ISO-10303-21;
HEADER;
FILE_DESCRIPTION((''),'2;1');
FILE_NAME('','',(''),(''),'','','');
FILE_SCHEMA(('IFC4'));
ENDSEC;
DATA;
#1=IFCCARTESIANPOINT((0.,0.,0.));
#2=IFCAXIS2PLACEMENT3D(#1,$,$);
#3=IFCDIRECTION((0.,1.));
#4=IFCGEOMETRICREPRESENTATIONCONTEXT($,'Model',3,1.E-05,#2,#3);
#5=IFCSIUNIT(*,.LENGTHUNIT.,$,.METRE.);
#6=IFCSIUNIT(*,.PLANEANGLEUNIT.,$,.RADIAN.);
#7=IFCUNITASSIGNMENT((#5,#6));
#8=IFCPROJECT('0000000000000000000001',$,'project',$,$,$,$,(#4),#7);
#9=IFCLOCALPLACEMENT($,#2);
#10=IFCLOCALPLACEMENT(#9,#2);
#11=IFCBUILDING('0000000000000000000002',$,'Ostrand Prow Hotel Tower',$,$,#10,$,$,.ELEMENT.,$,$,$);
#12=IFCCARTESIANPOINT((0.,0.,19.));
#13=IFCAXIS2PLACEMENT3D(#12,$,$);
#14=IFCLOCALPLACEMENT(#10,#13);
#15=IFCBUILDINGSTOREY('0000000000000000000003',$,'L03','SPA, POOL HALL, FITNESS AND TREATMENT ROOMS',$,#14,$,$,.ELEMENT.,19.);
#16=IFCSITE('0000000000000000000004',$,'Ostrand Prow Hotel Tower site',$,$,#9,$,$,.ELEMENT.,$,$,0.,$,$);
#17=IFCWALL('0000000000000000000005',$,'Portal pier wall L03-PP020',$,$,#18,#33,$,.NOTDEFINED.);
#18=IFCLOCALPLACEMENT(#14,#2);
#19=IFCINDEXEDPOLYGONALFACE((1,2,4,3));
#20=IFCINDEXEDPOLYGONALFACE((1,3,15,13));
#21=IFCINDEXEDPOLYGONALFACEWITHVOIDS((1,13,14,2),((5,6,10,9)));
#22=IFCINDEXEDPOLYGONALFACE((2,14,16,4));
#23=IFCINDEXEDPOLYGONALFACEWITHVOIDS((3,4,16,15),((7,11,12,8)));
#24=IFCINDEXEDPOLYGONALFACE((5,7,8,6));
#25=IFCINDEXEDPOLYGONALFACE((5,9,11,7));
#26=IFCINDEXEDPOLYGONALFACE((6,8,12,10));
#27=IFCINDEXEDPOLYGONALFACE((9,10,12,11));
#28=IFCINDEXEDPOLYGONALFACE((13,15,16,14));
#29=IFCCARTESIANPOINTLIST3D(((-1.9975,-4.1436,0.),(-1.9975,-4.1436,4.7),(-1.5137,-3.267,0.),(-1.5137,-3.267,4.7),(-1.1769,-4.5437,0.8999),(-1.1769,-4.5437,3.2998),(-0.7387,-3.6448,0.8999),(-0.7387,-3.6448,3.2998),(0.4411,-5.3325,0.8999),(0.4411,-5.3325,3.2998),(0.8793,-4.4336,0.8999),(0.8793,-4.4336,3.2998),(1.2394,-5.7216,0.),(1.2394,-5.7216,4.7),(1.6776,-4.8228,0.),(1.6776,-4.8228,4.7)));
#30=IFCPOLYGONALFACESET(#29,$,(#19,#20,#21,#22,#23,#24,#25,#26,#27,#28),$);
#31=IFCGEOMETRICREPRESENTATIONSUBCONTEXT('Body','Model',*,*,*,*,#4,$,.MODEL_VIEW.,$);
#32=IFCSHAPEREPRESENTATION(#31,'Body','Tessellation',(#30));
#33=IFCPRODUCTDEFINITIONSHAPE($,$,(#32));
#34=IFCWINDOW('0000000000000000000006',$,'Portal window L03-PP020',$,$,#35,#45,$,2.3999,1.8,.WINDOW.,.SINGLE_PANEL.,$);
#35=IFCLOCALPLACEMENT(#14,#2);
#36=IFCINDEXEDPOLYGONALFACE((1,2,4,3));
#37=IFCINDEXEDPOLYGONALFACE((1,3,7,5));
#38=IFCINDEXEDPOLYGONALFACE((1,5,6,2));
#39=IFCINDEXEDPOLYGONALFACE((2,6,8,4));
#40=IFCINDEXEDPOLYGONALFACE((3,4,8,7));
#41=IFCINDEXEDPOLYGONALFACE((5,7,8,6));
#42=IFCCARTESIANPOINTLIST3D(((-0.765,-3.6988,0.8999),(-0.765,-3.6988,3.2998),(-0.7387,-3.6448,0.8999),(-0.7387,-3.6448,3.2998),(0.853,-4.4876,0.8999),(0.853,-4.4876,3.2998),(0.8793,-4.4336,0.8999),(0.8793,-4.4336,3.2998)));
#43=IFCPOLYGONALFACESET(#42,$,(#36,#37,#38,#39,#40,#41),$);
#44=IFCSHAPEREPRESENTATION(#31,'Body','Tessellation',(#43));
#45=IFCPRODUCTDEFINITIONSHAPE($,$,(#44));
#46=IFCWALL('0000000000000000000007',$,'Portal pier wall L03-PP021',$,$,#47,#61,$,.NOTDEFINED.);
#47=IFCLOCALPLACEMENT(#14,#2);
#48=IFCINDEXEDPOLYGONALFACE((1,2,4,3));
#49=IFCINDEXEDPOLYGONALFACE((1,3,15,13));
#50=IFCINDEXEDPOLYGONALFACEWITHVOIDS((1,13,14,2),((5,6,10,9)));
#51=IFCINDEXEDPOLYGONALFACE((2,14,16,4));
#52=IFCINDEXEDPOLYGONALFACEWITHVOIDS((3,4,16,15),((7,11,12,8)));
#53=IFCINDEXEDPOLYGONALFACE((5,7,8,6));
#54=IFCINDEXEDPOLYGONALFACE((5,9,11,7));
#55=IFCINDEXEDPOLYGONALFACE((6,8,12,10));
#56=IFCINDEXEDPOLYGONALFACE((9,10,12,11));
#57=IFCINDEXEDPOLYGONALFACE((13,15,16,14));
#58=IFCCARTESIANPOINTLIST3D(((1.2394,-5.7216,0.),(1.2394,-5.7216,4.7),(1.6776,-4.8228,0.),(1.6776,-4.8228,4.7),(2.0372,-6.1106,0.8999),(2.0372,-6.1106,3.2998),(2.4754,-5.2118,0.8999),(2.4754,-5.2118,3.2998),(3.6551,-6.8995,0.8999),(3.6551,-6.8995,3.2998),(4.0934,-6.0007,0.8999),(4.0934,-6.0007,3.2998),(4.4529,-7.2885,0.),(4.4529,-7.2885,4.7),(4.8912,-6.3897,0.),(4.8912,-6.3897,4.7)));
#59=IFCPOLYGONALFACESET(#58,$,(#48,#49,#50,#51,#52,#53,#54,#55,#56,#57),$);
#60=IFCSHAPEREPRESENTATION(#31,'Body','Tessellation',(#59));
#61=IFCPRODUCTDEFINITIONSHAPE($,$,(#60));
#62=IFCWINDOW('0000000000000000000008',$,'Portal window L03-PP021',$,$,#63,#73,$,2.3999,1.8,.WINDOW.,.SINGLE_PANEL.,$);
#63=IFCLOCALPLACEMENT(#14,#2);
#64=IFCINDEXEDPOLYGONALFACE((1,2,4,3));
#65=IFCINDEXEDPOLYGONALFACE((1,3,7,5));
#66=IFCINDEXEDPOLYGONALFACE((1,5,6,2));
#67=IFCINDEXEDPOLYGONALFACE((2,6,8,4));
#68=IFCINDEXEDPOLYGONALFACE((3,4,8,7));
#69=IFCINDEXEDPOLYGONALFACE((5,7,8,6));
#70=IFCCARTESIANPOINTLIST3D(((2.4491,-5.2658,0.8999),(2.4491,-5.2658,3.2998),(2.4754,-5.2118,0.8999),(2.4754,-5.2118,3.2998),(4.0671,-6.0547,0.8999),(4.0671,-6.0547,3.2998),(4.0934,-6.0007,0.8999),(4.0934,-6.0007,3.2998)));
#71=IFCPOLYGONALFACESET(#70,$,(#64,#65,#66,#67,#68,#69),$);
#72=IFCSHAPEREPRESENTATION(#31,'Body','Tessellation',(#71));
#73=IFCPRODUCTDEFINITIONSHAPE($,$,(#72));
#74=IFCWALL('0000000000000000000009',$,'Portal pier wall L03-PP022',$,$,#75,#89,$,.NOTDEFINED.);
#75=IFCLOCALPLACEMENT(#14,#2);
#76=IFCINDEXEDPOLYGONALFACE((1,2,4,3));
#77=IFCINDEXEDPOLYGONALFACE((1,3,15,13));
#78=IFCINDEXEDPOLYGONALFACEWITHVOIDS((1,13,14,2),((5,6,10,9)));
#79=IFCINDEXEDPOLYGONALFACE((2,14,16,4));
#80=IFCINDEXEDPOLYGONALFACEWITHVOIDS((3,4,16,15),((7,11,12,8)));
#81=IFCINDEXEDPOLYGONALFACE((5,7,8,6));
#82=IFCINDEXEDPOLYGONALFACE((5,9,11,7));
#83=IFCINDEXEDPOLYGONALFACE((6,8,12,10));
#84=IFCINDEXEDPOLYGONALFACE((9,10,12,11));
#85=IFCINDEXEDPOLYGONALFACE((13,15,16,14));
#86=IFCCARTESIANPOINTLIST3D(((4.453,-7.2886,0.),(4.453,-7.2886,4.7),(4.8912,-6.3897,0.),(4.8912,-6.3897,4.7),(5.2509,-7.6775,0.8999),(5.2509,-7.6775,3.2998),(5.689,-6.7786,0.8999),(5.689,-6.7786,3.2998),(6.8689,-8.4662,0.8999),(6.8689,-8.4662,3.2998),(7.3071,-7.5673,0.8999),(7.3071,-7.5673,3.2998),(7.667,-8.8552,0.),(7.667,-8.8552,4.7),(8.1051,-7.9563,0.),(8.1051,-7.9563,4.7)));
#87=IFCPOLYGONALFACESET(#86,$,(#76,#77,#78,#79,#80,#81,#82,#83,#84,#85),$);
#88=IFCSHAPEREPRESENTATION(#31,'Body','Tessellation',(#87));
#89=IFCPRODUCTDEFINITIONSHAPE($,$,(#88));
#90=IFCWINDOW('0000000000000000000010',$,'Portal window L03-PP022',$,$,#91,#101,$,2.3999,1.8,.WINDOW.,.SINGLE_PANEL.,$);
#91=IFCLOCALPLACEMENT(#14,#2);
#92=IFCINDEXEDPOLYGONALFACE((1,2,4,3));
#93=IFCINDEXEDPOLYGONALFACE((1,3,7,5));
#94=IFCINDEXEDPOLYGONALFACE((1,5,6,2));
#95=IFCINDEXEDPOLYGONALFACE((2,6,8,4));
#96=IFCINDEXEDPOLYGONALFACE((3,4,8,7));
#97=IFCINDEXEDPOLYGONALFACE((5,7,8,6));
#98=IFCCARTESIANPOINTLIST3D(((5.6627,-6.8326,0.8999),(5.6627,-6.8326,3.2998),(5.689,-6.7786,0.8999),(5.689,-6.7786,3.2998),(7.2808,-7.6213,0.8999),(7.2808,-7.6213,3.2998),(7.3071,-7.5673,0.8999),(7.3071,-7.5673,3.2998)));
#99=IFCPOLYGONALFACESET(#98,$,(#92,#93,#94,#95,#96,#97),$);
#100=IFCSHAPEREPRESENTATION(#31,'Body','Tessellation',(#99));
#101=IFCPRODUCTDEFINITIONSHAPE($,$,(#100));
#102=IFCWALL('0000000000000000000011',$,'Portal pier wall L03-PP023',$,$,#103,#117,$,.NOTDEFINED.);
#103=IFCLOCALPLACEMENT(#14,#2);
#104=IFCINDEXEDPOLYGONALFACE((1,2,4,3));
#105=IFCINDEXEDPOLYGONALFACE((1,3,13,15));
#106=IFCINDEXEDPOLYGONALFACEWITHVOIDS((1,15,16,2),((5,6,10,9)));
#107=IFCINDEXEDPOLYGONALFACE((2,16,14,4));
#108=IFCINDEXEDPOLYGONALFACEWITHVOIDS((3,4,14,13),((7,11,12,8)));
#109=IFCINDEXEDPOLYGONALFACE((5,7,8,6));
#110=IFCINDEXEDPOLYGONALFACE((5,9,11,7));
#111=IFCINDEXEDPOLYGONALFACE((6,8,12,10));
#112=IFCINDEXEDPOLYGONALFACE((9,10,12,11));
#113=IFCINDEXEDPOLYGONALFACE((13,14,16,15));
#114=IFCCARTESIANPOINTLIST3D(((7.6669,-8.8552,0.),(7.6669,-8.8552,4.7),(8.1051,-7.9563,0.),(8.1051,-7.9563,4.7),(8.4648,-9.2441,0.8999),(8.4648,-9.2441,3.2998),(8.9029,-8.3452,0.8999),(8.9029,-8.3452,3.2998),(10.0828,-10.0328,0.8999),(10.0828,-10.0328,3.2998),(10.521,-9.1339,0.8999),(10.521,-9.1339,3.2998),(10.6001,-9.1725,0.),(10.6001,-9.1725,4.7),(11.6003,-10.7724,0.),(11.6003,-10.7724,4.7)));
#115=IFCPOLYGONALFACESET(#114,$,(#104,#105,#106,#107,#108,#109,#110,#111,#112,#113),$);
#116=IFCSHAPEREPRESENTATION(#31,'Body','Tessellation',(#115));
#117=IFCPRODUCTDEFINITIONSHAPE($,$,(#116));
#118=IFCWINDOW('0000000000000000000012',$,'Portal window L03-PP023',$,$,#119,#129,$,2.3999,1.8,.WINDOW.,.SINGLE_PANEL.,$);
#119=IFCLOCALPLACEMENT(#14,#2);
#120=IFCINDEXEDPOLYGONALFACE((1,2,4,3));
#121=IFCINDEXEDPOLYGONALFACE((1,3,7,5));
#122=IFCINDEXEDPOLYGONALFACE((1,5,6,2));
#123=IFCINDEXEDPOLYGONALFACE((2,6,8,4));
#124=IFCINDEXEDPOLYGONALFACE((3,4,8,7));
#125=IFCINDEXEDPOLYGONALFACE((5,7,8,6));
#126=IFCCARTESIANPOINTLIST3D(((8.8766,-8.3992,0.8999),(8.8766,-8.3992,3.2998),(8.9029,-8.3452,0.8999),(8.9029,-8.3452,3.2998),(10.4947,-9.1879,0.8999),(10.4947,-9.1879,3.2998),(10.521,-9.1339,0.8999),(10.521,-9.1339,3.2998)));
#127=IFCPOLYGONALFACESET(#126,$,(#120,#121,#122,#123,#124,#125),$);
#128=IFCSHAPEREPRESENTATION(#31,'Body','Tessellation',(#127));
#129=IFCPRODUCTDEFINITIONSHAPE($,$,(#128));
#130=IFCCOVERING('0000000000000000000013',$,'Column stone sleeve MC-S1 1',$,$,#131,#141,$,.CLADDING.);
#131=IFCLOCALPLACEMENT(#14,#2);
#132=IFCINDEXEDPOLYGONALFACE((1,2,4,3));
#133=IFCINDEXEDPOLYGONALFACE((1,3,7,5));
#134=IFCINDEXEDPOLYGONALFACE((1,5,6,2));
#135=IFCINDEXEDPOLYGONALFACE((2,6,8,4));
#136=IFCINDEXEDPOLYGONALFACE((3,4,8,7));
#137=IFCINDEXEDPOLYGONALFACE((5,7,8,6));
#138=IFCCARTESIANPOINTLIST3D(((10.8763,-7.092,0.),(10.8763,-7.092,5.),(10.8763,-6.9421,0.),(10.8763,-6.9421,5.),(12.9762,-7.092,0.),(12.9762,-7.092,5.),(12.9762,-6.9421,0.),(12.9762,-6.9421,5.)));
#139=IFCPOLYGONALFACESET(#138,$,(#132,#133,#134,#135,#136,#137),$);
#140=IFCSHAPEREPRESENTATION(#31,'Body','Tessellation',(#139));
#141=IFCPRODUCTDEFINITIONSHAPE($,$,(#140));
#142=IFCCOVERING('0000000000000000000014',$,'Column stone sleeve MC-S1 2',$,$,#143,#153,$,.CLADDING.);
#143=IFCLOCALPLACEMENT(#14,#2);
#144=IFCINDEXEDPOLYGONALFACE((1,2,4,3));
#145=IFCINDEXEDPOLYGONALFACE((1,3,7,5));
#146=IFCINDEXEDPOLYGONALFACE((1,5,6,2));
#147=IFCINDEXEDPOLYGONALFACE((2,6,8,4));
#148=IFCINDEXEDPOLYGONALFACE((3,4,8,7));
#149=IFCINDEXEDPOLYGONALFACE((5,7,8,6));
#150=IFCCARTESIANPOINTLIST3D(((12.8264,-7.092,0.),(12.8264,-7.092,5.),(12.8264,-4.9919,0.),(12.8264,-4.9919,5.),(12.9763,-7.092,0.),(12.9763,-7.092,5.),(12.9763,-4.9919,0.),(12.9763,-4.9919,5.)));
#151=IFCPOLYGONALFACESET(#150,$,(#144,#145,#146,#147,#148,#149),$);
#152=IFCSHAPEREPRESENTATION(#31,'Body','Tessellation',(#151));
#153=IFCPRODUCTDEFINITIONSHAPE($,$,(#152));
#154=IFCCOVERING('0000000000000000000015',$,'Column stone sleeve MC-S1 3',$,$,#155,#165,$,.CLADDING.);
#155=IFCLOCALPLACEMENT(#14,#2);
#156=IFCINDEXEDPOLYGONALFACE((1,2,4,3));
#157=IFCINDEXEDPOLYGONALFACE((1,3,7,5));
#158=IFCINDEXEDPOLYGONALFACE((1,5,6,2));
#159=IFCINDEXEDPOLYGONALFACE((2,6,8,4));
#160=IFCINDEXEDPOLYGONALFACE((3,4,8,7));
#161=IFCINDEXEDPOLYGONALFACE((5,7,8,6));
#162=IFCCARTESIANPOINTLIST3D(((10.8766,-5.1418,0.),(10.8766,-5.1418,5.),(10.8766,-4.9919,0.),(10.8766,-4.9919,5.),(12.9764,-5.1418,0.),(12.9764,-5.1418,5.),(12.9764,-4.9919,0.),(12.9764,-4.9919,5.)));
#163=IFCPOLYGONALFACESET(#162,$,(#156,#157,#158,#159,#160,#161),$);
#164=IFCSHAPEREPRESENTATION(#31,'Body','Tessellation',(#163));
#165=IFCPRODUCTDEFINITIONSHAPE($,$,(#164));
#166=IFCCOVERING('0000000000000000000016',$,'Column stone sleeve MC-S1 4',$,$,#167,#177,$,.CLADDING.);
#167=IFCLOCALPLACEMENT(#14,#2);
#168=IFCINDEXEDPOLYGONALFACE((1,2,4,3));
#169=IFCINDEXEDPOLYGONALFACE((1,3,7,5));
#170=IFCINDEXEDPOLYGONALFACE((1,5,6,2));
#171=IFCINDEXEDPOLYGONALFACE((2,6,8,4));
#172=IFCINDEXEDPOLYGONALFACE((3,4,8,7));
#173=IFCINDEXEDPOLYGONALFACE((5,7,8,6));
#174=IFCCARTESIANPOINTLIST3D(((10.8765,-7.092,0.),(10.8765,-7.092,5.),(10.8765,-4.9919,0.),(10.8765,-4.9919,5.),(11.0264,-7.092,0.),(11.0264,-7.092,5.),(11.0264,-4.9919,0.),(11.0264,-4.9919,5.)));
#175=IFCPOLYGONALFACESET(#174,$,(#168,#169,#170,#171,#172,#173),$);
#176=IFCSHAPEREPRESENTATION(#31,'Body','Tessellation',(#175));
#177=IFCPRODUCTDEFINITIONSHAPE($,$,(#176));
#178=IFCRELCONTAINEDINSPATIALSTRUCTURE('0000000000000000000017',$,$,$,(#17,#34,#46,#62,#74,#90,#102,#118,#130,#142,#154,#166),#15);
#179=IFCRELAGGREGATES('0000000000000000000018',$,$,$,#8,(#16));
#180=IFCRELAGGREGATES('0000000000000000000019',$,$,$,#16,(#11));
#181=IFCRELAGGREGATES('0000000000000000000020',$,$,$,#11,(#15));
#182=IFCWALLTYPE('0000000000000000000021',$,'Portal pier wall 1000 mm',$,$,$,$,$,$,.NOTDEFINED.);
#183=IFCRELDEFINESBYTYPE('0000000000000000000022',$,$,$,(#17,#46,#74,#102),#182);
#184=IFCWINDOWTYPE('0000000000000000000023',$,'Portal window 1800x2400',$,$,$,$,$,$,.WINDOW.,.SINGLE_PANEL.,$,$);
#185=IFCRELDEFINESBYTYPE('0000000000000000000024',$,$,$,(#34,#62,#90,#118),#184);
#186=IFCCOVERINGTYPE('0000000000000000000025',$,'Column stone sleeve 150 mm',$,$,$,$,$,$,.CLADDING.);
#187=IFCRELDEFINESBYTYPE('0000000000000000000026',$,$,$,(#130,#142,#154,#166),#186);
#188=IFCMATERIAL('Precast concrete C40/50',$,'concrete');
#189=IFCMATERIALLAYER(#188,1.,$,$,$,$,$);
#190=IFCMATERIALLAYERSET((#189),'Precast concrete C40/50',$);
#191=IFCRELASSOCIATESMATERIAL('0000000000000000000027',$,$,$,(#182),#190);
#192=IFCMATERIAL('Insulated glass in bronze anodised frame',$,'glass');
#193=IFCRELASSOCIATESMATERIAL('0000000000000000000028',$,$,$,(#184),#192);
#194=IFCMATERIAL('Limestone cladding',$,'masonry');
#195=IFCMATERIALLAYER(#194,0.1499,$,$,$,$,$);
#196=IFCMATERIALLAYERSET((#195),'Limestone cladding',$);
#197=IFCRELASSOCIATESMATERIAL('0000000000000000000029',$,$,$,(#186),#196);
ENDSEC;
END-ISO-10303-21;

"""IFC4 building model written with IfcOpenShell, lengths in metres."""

from ifc_helpers import new_model, si_unit, direction, frame, frame_2d, origin, place, context, subcontext, project, spatial, polyline, rectangle, outline, extrude, material, layer, layer_set, type_object, element, fill, save


model = new_model("IFC4")

# Units and contexts
model_context = context("Model", 3, precision=1e-05, world=origin(), true_north=direction((0.0, 1.0)))
body_context = subcontext(model_context, "Body", "Model", "MODEL_VIEW")
ifc_project = project(units=[si_unit("LENGTHUNIT", "METRE"), si_unit("PLANEANGLEUNIT", "RADIAN")], contexts=[model_context])

# Site, building, storey
site_placement = place(None, origin())
site = spatial("IfcSite", under=ifc_project, at=site_placement, Name="Ostrand Prow Hotel Tower site", CompositionType="ELEMENT", RefElevation=0.0)
building_placement = place(site_placement, origin())
building = spatial("IfcBuilding", under=site, at=building_placement, Name="Ostrand Prow Hotel Tower", CompositionType="ELEMENT")
storey_placement = place(building_placement, frame((0.0, 0.0, 19.0)))
storey = spatial("IfcBuildingStorey", under=building, at=storey_placement, Name="L03", Description="SPA, POOL HALL, FITNESS AND TREATMENT ROOMS", CompositionType="ELEMENT", Elevation=19.0)

# Shared definitions
ifc_material_1 = material(Name="Precast concrete C40/50", Category="concrete")
ifc_layer_1 = layer(ifc_material_1, 1.0)
ifc_layer_set_1 = layer_set([ifc_layer_1], Name="Precast concrete C40/50")
wall_type_1 = type_object("IfcWallType", Name="Portal pier wall 1000 mm", PredefinedType="NOTDEFINED", material=ifc_layer_set_1)

# Shared definitions
ifc_material_2 = material(Name="Insulated glass in bronze anodised frame", Category="glass")
window_type = type_object("IfcWindowType", Name="Portal window 1800x2400", PartitioningType="SINGLE_PANEL", PredefinedType="WINDOW", material=ifc_material_2)

# Walls, openings, windows
wall_1_placement = place(storey_placement, frame((-1.7556, -3.7053, 0.0), z_axis=(0.0, 0.0, 1.0), x_axis=(0.898875, -0.438206, 0.0)))
wall_1 = element("IfcWall", 1, at=wall_1_placement, inside=storey, type_object=wall_type_1, Name="Portal pier wall L03-PP020", PredefinedType="NOTDEFINED", context=body_context, shape_type="SweptSolid", body=[
    extrude(outline(polyline([(-0.0254, -0.5), (3.5757, -0.5), (3.5757, 0.5), (0.0254, 0.5), (-0.0254, -0.5)])), origin(), (0.0, 0.0, 1.0), 4.7),
])
opening_1_placement = place(wall_1_placement, frame((0.8877, 0.0, 0.8999)))
opening_1 = element("IfcOpeningElement", 2, at=opening_1_placement, cuts=wall_1, PredefinedType="OPENING", context=body_context, shape_type="SweptSolid", body=[
    extrude(rectangle(XDim=1.8, YDim=2.3999, at=frame_2d((0.8999, 1.2))), frame((0.0, 0.51, 0.0), z_axis=(0.0, -1.0, 0.0), x_axis=(1.0, 0.0, 0.0)), (0.0, 0.0, 1.0), 1.02),
])
window_1_placement = place(opening_1_placement, origin())
window_1 = element("IfcWindow", 3, at=window_1_placement, inside=storey, type_object=window_type, Name="Portal window L03-PP020", OverallHeight=2.3999, OverallWidth=1.8, PartitioningType="SINGLE_PANEL", PredefinedType="WINDOW", context=body_context, shape_type="SweptSolid", body=[
    extrude(rectangle(XDim=1.8, YDim=2.3999, at=frame_2d((0.8999, 1.2))), frame((0.0, 0.5, 0.0), z_axis=(0.0, -1.0, 0.0), x_axis=(1.0, 0.0, 0.0)), (0.0, 0.0, 1.0), 0.0601),
])
fill(opening_1, window_1)
wall_2_placement = place(storey_placement, frame((1.4585, -5.2722, 0.0), z_axis=(0.0, 0.0, 1.0), x_axis=(0.898848, -0.438259, 0.0)))
wall_2 = element("IfcWall", 4, at=wall_2_placement, inside=storey, type_object=wall_type_1, Name="Portal pier wall L03-PP021", PredefinedType="NOTDEFINED", context=body_context, shape_type="SweptSolid", body=[
    extrude(outline(polyline([(0.0, -0.5), (3.5752, -0.5), (3.5752, 0.5), (0.0, 0.5), (0.0, -0.5)])), origin(), (0.0, 0.0, 1.0), 4.7),
])
opening_2_placement = place(wall_2_placement, frame((0.8877, 0.0, 0.8999)))
opening_2 = element("IfcOpeningElement", 5, at=opening_2_placement, cuts=wall_2, PredefinedType="OPENING", context=body_context, shape_type="SweptSolid", body=[
    extrude(rectangle(XDim=1.8, YDim=2.3999, at=frame_2d((0.8999, 1.2))), frame((0.0, 0.51, 0.0), z_axis=(0.0, -1.0, 0.0), x_axis=(1.0, 0.0, 0.0)), (0.0, 0.0, 1.0), 1.02),
])
window_2_placement = place(opening_2_placement, origin())
window_2 = element("IfcWindow", 6, at=window_2_placement, inside=storey, type_object=window_type, Name="Portal window L03-PP021", OverallHeight=2.3999, OverallWidth=1.8, PartitioningType="SINGLE_PANEL", PredefinedType="WINDOW", context=body_context, shape_type="SweptSolid", body=[
    extrude(rectangle(XDim=1.8, YDim=2.3999, at=frame_2d((0.8999, 1.2))), frame((0.0, 0.5, 0.0), z_axis=(0.0, -1.0, 0.0), x_axis=(1.0, 0.0, 0.0)), (0.0, 0.0, 1.0), 0.0601),
])
fill(opening_2, window_2)
wall_3_placement = place(storey_placement, frame((4.6721, -6.8391, 0.0), z_axis=(0.0, 0.0, 1.0), x_axis=(0.898889, -0.438177, 0.0)))
wall_3 = element("IfcWall", 7, at=wall_3_placement, inside=storey, type_object=wall_type_1, Name="Portal pier wall L03-PP022", PredefinedType="NOTDEFINED", context=body_context, shape_type="SweptSolid", body=[
    extrude(outline(polyline([(0.0, -0.5), (3.5754, -0.5), (3.5754, 0.5), (0.0, 0.5), (0.0, -0.5)])), origin(), (0.0, 0.0, 1.0), 4.7),
])
opening_3_placement = place(wall_3_placement, frame((0.8877, 0.0, 0.8999)))
opening_3 = element("IfcOpeningElement", 8, at=opening_3_placement, cuts=wall_3, PredefinedType="OPENING", context=body_context, shape_type="SweptSolid", body=[
    extrude(rectangle(XDim=1.8, YDim=2.3999, at=frame_2d((0.8999, 1.2))), frame((0.0, 0.51, 0.0), z_axis=(0.0, -1.0, 0.0), x_axis=(1.0, 0.0, 0.0)), (0.0, 0.0, 1.0), 1.02),
])
window_3_placement = place(opening_3_placement, origin())
window_3 = element("IfcWindow", 9, at=window_3_placement, inside=storey, type_object=window_type, Name="Portal window L03-PP022", OverallHeight=2.3999, OverallWidth=1.8, PartitioningType="SINGLE_PANEL", PredefinedType="WINDOW", context=body_context, shape_type="SweptSolid", body=[
    extrude(rectangle(XDim=1.8, YDim=2.3999, at=frame_2d((0.8999, 1.2))), frame((0.0, 0.5, 0.0), z_axis=(0.0, -1.0, 0.0), x_axis=(1.0, 0.0, 0.0)), (0.0, 0.0, 1.0), 0.0601),
])
fill(opening_3, window_3)
wall_4_placement = place(storey_placement, frame((7.886, -8.4058, 0.0), z_axis=(0.0, 0.0, 1.0), x_axis=(0.898902, -0.438151, 0.0)))
wall_4 = element("IfcWall", 10, at=wall_4_placement, inside=storey, type_object=wall_type_1, Name="Portal pier wall L03-PP023", PredefinedType="NOTDEFINED", context=body_context, shape_type="SweptSolid", body=[
    extrude(outline(polyline([(0.0, -0.5), (4.3757, -0.5), (2.7756, 0.5), (0.0, 0.5), (0.0, -0.5)])), origin(), (0.0, 0.0, 1.0), 4.7),
])
opening_4_placement = place(wall_4_placement, frame((0.8877, 0.0, 0.8999)))
opening_4 = element("IfcOpeningElement", 11, at=opening_4_placement, cuts=wall_4, PredefinedType="OPENING", context=body_context, shape_type="SweptSolid", body=[
    extrude(rectangle(XDim=1.8, YDim=2.3999, at=frame_2d((0.8999, 1.2))), frame((0.0, 0.51, 0.0), z_axis=(0.0, -1.0, 0.0), x_axis=(1.0, 0.0, 0.0)), (0.0, 0.0, 1.0), 1.02),
])
window_4_placement = place(opening_4_placement, origin())
window_4 = element("IfcWindow", 12, at=window_4_placement, inside=storey, type_object=window_type, Name="Portal window L03-PP023", OverallHeight=2.3999, OverallWidth=1.8, PartitioningType="SINGLE_PANEL", PredefinedType="WINDOW", context=body_context, shape_type="SweptSolid", body=[
    extrude(rectangle(XDim=1.8, YDim=2.3999, at=frame_2d((0.8999, 1.2))), frame((0.0, 0.5, 0.0), z_axis=(0.0, -1.0, 0.0), x_axis=(1.0, 0.0, 0.0)), (0.0, 0.0, 1.0), 0.0601),
])
fill(opening_4, window_4)

# Coverings
ifc_material_3 = material(Name="Limestone cladding", Category="masonry")
ifc_layer_2 = layer(ifc_material_3, 0.1499)
ifc_layer_set_2 = layer_set([ifc_layer_2], Name="Limestone cladding")
covering_type_1 = type_object("IfcCoveringType", Name="Column stone sleeve 150 mm", PredefinedType="CLADDING", material=ifc_layer_set_2)
covering_1_placement = place(storey_placement, frame((10.8765, -7.0171, 0.0), z_axis=(0.0, 0.0, 1.0), x_axis=(1.0, 0.0, 0.0)))
element("IfcCovering", 13, at=covering_1_placement, inside=storey, type_object=covering_type_1, Name="Column stone sleeve MC-S1 1", PredefinedType="CLADDING", context=body_context, shape_type="SweptSolid", body=[
    extrude(rectangle(XDim=2.0999, YDim=0.1499, at=frame_2d((1.0498, 0.0))), origin(), (0.0, 0.0, 1.0), 5.0),
])
covering_2_placement = place(storey_placement, frame((12.9014, -7.092, 0.0), z_axis=(0.0, 0.0, 1.0), x_axis=(0.0, 1.0, 0.0)))
element("IfcCovering", 14, at=covering_2_placement, inside=storey, type_object=covering_type_1, Name="Column stone sleeve MC-S1 2", PredefinedType="CLADDING", context=body_context, shape_type="SweptSolid", body=[
    extrude(rectangle(XDim=2.1001, YDim=0.1499, at=frame_2d((1.05, 0.0))), origin(), (0.0, 0.0, 1.0), 5.0),
])
covering_3_placement = place(storey_placement, frame((12.9763, -5.0669, 0.0), z_axis=(0.0, 0.0, 1.0), x_axis=(-1.0, 0.0, 0.0)))
element("IfcCovering", 15, at=covering_3_placement, inside=storey, type_object=covering_type_1, Name="Column stone sleeve MC-S1 3", PredefinedType="CLADDING", context=body_context, shape_type="SweptSolid", body=[
    extrude(rectangle(XDim=2.0999, YDim=0.1499, at=frame_2d((1.0498, 0.0))), origin(), (0.0, 0.0, 1.0), 5.0),
])
covering_4_placement = place(storey_placement, frame((10.9514, -4.9919, 0.0), z_axis=(0.0, 0.0, 1.0), x_axis=(0.0, -1.0, 0.0)))
element("IfcCovering", 16, at=covering_4_placement, inside=storey, type_object=covering_type_1, Name="Column stone sleeve MC-S1 4", PredefinedType="CLADDING", context=body_context, shape_type="SweptSolid", body=[
    extrude(rectangle(XDim=2.1001, YDim=0.1499, at=frame_2d((1.05, 0.0))), origin(), (0.0, 0.0, 1.0), 5.0),
])

save(model, "model.ifc")
